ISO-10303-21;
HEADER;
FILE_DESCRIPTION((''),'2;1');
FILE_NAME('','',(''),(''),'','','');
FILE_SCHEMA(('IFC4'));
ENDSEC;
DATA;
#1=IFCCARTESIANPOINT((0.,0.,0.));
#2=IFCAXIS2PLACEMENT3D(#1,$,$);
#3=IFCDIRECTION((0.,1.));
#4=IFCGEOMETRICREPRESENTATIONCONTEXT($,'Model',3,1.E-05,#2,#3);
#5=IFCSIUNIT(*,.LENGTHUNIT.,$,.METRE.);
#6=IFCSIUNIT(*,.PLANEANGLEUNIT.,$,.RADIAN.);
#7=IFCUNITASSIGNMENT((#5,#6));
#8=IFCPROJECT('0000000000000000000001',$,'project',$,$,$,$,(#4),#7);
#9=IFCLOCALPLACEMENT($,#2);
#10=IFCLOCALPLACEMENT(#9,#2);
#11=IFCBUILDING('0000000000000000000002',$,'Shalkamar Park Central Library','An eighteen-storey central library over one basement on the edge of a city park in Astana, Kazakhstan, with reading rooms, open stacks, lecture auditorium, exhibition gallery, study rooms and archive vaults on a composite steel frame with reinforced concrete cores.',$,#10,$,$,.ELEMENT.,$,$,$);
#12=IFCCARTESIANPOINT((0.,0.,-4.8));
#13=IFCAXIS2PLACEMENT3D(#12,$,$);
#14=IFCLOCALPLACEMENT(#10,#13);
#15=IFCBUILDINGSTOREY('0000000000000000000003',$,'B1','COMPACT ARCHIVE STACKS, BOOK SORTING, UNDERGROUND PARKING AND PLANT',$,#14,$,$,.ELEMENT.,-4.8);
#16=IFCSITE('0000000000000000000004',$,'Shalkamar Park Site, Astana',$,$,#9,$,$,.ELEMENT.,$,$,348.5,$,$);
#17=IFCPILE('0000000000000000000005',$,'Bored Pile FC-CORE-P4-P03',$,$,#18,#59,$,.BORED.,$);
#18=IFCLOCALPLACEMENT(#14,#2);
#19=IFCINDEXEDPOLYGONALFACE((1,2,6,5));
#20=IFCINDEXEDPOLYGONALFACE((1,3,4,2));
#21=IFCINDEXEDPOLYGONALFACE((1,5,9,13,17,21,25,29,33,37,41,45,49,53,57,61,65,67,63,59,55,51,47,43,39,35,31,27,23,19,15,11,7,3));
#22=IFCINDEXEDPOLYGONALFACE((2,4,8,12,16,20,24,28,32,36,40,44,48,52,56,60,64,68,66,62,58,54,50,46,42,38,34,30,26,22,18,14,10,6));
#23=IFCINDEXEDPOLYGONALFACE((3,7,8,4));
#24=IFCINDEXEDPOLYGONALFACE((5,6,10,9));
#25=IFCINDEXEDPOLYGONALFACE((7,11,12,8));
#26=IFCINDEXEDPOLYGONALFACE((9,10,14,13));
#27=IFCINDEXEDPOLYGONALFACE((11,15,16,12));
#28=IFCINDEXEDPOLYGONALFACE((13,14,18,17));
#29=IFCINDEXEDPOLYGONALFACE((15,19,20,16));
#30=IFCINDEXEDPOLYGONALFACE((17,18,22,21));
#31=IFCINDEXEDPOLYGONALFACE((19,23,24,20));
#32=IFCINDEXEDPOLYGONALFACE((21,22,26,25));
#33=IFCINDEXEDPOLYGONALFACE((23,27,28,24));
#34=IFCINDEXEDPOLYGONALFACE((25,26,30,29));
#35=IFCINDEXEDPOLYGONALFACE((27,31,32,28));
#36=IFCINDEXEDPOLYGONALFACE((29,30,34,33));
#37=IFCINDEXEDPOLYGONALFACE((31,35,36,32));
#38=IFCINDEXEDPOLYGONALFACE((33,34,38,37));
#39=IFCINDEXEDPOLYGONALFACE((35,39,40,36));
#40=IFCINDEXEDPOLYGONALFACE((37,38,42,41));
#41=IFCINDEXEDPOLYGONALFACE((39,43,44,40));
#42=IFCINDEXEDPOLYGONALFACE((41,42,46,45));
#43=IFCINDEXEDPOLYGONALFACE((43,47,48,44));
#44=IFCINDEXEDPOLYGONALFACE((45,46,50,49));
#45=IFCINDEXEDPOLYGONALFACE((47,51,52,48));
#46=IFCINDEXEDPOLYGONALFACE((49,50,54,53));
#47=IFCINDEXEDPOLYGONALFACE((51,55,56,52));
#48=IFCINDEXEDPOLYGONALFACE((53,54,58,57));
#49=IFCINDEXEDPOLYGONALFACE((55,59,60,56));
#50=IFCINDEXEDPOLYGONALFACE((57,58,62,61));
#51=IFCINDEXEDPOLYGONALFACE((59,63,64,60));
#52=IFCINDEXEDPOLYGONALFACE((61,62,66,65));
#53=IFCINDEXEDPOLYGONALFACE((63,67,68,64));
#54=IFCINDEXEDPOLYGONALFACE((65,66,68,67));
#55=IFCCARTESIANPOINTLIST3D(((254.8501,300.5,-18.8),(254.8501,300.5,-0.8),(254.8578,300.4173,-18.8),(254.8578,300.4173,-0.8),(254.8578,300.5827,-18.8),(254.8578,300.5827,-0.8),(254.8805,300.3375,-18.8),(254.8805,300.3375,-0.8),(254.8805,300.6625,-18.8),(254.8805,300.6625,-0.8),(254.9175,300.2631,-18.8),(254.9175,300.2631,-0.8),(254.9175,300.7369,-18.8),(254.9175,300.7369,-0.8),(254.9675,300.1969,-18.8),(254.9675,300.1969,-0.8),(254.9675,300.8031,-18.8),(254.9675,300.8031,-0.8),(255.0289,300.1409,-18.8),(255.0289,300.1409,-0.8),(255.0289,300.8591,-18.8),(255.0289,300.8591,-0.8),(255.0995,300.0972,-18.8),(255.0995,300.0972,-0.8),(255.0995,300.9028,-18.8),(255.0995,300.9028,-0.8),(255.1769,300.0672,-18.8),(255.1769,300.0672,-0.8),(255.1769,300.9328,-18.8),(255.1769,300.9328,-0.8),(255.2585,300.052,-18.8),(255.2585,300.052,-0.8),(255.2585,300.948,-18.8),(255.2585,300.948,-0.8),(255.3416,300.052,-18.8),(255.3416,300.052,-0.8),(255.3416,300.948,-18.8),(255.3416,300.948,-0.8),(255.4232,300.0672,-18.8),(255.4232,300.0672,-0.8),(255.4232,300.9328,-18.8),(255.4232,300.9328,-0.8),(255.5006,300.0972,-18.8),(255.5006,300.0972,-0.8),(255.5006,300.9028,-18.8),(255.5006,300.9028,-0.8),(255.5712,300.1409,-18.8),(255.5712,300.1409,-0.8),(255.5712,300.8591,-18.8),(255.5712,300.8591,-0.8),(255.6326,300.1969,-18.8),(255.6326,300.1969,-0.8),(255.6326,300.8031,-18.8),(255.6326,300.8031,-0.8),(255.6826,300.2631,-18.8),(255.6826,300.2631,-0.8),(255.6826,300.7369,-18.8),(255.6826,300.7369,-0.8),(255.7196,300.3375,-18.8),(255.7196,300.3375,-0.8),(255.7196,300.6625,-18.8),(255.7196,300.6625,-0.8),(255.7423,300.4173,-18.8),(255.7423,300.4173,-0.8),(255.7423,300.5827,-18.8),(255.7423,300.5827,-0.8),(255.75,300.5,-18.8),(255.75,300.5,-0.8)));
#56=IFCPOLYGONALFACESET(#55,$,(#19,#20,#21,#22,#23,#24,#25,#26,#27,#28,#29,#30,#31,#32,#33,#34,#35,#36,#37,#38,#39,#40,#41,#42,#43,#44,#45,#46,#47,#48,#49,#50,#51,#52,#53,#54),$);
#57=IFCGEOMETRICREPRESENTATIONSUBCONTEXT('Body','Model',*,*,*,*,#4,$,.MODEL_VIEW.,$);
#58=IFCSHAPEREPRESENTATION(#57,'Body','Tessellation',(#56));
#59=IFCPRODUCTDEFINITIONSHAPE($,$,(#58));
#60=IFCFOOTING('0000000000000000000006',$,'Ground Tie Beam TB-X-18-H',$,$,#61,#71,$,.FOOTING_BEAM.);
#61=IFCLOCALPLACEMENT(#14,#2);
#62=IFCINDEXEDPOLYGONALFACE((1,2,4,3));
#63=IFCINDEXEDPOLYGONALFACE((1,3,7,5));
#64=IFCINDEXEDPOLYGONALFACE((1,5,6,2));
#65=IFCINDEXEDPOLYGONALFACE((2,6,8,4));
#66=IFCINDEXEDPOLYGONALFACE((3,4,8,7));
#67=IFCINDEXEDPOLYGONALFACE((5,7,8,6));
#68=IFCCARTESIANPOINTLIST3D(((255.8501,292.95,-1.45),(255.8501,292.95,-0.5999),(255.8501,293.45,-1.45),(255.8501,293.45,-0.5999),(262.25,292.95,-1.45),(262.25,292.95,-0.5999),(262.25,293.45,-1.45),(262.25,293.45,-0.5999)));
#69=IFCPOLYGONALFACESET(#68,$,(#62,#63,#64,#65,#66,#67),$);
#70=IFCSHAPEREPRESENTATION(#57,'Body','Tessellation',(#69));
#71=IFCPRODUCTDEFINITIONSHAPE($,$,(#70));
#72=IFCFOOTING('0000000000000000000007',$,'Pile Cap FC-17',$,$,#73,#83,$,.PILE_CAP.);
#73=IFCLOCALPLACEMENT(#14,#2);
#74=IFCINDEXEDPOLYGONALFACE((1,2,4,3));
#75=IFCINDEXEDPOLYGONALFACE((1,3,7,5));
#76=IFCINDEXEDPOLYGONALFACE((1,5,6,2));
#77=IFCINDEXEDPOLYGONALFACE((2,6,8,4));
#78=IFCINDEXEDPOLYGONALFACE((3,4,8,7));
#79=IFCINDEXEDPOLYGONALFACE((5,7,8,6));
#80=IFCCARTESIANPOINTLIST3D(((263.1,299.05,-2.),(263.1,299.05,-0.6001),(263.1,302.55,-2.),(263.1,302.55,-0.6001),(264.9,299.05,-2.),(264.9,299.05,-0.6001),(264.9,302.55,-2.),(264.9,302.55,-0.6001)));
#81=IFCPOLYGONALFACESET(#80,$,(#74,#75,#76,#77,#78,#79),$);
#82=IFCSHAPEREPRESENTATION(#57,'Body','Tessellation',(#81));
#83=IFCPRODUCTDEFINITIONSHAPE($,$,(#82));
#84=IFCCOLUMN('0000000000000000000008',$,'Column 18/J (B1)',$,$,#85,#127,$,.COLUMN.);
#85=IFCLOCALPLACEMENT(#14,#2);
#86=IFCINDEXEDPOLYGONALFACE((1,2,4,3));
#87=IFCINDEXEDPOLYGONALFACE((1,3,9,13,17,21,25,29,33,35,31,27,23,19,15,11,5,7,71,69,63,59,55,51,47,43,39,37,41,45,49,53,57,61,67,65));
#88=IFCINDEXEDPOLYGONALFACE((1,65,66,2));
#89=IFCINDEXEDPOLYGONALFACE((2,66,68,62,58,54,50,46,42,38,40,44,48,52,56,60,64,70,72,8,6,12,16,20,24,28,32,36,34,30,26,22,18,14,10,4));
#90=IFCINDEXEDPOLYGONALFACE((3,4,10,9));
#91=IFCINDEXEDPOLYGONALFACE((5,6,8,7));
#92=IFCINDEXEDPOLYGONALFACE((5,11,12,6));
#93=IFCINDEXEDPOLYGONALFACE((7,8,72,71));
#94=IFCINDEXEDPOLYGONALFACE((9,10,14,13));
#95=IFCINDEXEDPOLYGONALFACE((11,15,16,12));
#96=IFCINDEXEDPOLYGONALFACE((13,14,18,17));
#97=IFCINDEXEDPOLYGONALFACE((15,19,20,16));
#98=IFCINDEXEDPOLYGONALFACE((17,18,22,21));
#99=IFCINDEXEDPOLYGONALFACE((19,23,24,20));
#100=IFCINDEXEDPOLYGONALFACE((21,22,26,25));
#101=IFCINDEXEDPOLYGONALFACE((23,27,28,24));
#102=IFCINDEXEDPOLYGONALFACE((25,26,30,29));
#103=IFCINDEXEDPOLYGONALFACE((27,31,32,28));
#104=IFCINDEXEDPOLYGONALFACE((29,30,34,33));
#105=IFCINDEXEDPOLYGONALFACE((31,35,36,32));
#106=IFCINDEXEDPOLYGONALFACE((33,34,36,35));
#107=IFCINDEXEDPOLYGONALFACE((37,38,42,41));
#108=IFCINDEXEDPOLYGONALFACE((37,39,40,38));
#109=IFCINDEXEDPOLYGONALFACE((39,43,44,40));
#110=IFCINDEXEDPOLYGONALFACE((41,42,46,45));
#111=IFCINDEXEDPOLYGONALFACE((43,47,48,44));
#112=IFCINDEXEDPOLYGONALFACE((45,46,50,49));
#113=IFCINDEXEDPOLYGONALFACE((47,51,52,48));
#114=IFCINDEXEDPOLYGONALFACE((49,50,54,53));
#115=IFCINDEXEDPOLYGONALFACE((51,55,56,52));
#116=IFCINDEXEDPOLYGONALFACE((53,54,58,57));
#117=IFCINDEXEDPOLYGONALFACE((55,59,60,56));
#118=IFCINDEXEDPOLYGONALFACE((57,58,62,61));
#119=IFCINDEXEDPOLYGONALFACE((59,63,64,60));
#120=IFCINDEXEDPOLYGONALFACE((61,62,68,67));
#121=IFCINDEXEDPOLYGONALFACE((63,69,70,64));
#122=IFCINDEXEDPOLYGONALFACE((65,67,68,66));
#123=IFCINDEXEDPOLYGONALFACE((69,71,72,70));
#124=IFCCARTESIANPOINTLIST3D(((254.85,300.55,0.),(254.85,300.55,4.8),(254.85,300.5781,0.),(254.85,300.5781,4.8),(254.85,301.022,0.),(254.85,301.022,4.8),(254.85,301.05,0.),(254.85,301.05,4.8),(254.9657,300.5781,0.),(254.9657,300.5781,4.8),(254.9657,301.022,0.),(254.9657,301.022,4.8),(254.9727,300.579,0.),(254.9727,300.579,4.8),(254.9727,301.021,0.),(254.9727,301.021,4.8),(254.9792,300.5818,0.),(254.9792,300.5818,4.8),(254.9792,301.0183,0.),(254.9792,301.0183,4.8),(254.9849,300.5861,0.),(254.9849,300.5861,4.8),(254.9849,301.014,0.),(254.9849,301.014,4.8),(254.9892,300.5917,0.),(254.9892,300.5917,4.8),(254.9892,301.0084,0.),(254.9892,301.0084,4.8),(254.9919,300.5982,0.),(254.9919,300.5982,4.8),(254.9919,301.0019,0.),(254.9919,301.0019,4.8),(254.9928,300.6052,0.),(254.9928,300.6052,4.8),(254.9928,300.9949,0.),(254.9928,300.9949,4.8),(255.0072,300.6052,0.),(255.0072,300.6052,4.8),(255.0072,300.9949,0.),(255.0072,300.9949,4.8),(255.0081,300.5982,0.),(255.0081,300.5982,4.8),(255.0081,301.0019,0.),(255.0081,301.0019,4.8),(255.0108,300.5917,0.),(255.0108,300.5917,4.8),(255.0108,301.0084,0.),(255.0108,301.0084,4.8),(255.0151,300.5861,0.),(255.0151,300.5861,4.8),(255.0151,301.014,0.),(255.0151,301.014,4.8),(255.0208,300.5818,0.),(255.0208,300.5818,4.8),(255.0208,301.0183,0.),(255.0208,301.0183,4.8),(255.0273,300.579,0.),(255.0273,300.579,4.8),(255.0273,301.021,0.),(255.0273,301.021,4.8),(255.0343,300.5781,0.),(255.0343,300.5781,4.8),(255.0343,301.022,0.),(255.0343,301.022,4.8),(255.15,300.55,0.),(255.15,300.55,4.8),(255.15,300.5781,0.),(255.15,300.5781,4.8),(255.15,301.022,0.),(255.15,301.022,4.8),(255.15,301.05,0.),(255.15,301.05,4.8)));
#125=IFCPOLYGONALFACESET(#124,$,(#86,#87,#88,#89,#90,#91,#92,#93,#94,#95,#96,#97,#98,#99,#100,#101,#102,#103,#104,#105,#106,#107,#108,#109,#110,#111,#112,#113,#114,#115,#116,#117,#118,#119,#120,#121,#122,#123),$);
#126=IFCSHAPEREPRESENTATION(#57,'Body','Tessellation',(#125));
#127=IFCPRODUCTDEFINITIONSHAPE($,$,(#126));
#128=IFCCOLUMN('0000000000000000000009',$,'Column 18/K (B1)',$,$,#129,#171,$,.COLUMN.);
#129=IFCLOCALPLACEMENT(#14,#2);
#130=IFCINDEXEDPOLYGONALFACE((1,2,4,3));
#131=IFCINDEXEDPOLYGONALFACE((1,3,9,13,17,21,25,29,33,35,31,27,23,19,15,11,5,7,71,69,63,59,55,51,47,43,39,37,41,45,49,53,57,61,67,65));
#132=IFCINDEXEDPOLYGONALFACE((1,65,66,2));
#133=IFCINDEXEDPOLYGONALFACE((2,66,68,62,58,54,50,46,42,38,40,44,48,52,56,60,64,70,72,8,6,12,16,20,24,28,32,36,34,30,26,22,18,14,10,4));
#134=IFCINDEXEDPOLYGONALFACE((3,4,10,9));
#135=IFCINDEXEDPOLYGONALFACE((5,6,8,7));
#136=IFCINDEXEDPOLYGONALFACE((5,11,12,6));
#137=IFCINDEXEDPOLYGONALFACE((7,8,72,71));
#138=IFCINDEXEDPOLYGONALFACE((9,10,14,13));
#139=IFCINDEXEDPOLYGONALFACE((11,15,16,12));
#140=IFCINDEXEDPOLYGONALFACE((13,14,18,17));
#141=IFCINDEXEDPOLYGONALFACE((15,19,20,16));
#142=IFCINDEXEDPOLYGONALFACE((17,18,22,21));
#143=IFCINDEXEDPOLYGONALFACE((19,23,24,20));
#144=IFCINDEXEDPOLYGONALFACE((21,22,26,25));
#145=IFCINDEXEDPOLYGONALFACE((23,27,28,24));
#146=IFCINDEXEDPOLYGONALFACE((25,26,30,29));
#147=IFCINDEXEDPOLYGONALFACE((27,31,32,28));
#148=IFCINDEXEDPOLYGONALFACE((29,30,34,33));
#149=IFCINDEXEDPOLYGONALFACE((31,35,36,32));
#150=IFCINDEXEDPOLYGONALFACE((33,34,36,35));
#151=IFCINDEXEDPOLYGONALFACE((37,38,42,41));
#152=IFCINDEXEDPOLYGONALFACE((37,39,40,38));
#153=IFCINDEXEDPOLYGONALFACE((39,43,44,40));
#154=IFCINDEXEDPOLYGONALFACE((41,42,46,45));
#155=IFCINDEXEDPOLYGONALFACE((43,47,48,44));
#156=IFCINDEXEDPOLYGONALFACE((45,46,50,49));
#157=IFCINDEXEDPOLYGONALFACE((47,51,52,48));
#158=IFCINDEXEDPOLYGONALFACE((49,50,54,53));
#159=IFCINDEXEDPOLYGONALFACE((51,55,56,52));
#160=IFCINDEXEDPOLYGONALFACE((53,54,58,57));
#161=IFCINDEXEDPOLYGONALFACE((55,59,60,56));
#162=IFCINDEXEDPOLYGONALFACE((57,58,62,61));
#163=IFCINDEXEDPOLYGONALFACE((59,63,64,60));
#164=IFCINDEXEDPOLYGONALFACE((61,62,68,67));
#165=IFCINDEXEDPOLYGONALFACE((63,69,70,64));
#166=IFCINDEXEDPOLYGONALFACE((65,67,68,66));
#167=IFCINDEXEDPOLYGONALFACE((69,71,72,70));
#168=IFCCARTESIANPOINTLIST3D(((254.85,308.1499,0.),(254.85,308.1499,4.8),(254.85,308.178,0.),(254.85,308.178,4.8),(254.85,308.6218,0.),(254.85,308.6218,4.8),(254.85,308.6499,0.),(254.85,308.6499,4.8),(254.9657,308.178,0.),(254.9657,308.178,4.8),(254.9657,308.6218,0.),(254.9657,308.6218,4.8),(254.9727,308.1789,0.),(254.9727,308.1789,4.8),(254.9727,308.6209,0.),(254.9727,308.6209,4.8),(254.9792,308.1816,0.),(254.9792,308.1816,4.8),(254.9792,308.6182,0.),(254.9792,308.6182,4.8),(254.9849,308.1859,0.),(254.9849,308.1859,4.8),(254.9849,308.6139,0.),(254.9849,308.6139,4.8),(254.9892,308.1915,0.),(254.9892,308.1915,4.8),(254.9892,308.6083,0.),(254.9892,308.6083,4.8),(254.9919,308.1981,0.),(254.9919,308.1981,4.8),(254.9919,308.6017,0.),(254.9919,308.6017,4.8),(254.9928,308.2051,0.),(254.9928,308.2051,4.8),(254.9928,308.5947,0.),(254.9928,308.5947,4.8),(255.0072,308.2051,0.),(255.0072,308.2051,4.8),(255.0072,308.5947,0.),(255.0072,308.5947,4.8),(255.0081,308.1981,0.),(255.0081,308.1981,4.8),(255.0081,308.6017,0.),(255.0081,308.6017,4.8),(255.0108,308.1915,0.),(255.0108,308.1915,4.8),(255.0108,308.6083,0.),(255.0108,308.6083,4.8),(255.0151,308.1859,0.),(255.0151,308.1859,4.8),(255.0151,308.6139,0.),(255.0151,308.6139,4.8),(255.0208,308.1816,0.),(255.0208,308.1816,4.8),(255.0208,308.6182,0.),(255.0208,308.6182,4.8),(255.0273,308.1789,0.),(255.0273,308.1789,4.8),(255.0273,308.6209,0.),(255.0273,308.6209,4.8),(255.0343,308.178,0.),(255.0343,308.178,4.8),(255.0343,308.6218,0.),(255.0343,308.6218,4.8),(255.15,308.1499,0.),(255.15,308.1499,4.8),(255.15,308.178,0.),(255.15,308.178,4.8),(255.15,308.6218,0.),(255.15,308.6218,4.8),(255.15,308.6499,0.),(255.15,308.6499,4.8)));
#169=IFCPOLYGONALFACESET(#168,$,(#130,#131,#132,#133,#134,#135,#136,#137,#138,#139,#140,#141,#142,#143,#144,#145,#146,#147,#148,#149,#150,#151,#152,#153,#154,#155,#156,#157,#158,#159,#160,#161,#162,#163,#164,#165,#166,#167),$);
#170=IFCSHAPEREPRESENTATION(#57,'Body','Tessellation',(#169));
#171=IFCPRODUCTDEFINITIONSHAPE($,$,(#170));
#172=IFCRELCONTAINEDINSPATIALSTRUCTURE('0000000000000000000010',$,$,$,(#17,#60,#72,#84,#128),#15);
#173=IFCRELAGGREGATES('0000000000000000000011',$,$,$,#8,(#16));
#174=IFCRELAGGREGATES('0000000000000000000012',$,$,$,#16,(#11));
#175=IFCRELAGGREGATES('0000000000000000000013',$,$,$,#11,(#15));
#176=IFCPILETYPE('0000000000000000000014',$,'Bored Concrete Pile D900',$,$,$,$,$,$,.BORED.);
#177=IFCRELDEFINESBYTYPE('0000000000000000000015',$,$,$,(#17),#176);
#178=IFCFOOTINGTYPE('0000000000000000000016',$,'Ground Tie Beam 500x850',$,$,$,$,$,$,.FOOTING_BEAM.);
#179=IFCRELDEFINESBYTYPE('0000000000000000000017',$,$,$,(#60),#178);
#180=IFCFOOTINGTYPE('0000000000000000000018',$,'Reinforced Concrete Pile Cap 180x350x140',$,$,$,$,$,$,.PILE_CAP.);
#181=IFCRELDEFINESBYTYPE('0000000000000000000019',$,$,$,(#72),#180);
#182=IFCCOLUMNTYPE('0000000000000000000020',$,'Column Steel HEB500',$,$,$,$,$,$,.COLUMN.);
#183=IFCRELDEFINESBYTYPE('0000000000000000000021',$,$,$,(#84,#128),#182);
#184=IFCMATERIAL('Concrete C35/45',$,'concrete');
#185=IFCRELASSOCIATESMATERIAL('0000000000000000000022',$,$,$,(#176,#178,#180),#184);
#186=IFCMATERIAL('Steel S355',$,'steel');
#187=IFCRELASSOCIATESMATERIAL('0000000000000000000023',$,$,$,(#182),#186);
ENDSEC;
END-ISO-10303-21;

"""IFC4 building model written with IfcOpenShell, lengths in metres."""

from ifc_helpers import new_model, si_unit, direction, frame, origin, origin_2d, place, context, subcontext, project, spatial, rectangle, circle, i_section, extrude, material, material_profile, profile_set, type_object, element, save


model = new_model("IFC4")

# Units and contexts
model_context = context("Model", 3, precision=1e-05, world=origin(), true_north=direction((0.0, 1.0)))
body_context = subcontext(model_context, "Body", "Model", "MODEL_VIEW")
ifc_project = project(units=[si_unit("LENGTHUNIT", "METRE"), si_unit("PLANEANGLEUNIT", "RADIAN")], contexts=[model_context])

# Site, building, storey
site_placement = place(None, origin())
site = spatial("IfcSite", under=ifc_project, at=site_placement, Name="Shalkamar Park Site, Astana", CompositionType="ELEMENT", RefElevation=348.5)
building_placement = place(site_placement, origin())
building = spatial("IfcBuilding", under=site, at=building_placement, Name="Shalkamar Park Central Library", Description="An eighteen-storey central library over one basement on the edge of a city park in Astana, Kazakhstan, with reading rooms, open stacks, lecture auditorium, exhibition gallery, study rooms and archive vaults on a composite steel frame with reinforced concrete cores.", CompositionType="ELEMENT")
storey_placement = place(building_placement, frame((0.0, 0.0, -4.8)))
storey = spatial("IfcBuildingStorey", under=building, at=storey_placement, Name="B1", Description="COMPACT ARCHIVE STACKS, BOOK SORTING, UNDERGROUND PARKING AND PLANT", CompositionType="ELEMENT", Elevation=-4.8)

# Pile
ifc_material_1 = material(Name="Concrete C35/45", Category="concrete")
ifc_material_profile_1 = material_profile(ifc_material_1, circle(Radius=0.45, at=origin_2d()), Name="PILE D900")
ifc_profile_set_1 = profile_set([ifc_material_profile_1], Name="Concrete C35/45")
pile_type_1 = type_object("IfcPileType", Name="Bored Concrete Pile D900", PredefinedType="BORED", material=ifc_profile_set_1)
pile_placement = place(storey_placement, frame((255.3, 300.5, -0.8), z_axis=(0.0, 0.0, -1.0), x_axis=(1.0, 0.0, 0.0)))
element("IfcPile", 1, at=pile_placement, inside=storey, type_object=pile_type_1, Name="Bored Pile FC-CORE-P4-P03", PredefinedType="BORED", context=body_context, shape_type="SweptSolid", body=[
    extrude(circle(Radius=0.45, at=origin_2d()), origin(), (0.0, 0.0, 1.0), 18.0),
])

# Footings
footing_type_1 = type_object("IfcFootingType", Name="Ground Tie Beam 500x850", PredefinedType="FOOTING_BEAM", material=ifc_material_1)
footing_1_placement = place(storey_placement, frame((259.05, 293.2, -1.45), z_axis=(0.0, 0.0, 1.0), x_axis=(1.0, 0.0, 0.0)))
element("IfcFooting", 2, at=footing_1_placement, inside=storey, type_object=footing_type_1, Name="Ground Tie Beam TB-X-18-H", PredefinedType="FOOTING_BEAM", context=body_context, shape_type="SweptSolid", body=[
    extrude(rectangle(XDim=6.3999, YDim=0.5, at=origin_2d()), origin(), (0.0, 0.0, 1.0), 0.8501),
])
footing_type_2 = type_object("IfcFootingType", Name="Reinforced Concrete Pile Cap 180x350x140", PredefinedType="PILE_CAP", material=ifc_material_1)
footing_2_placement = place(storey_placement, frame((264.0, 300.8, -2.0), z_axis=(0.0, 0.0, 1.0), x_axis=(1.0, 0.0, 0.0)))
element("IfcFooting", 3, at=footing_2_placement, inside=storey, type_object=footing_type_2, Name="Pile Cap FC-17", PredefinedType="PILE_CAP", context=body_context, shape_type="SweptSolid", body=[
    extrude(rectangle(XDim=1.8, YDim=3.5, at=origin_2d()), origin(), (0.0, 0.0, 1.0), 1.3999),
])

# Columns
ifc_material_2 = material(Name="Steel S355", Category="steel")
ifc_material_profile_2 = material_profile(ifc_material_2, i_section(OverallWidth=0.3, OverallDepth=0.5, WebThickness=0.0144, FlangeThickness=0.0281, FilletRadius=0.0271, at=origin_2d()), Name="HEB 500")
ifc_profile_set_2 = profile_set([ifc_material_profile_2], Name="Steel S355")
column_type = type_object("IfcColumnType", Name="Column Steel HEB500", PredefinedType="COLUMN", material=ifc_profile_set_2)
for number, where, z_axis, x_axis, name in (
    (4, (255.0, 300.8, 0.0), (0.0, 0.0, 1.0), (1.0, 0.0, 0.0), "Column 18/J (B1)"),
    (5, (255.0, 308.3999, 0.0), (0.0, 0.0, 1.0), (1.0, 0.0, 0.0), "Column 18/K (B1)"),
):
    element("IfcColumn", number, at=place(storey_placement, frame(where, z_axis=z_axis, x_axis=x_axis)), inside=storey, type_object=column_type, Name=name, PredefinedType="COLUMN", context=body_context, shape_type="SweptSolid", body=[
        extrude(i_section(OverallWidth=0.3, OverallDepth=0.5, WebThickness=0.0144, FlangeThickness=0.0281, FilletRadius=0.0271, at=origin_2d()), origin(), (0.0, 0.0, 1.0), 4.8),
    ])

save(model, "model.ifc")
